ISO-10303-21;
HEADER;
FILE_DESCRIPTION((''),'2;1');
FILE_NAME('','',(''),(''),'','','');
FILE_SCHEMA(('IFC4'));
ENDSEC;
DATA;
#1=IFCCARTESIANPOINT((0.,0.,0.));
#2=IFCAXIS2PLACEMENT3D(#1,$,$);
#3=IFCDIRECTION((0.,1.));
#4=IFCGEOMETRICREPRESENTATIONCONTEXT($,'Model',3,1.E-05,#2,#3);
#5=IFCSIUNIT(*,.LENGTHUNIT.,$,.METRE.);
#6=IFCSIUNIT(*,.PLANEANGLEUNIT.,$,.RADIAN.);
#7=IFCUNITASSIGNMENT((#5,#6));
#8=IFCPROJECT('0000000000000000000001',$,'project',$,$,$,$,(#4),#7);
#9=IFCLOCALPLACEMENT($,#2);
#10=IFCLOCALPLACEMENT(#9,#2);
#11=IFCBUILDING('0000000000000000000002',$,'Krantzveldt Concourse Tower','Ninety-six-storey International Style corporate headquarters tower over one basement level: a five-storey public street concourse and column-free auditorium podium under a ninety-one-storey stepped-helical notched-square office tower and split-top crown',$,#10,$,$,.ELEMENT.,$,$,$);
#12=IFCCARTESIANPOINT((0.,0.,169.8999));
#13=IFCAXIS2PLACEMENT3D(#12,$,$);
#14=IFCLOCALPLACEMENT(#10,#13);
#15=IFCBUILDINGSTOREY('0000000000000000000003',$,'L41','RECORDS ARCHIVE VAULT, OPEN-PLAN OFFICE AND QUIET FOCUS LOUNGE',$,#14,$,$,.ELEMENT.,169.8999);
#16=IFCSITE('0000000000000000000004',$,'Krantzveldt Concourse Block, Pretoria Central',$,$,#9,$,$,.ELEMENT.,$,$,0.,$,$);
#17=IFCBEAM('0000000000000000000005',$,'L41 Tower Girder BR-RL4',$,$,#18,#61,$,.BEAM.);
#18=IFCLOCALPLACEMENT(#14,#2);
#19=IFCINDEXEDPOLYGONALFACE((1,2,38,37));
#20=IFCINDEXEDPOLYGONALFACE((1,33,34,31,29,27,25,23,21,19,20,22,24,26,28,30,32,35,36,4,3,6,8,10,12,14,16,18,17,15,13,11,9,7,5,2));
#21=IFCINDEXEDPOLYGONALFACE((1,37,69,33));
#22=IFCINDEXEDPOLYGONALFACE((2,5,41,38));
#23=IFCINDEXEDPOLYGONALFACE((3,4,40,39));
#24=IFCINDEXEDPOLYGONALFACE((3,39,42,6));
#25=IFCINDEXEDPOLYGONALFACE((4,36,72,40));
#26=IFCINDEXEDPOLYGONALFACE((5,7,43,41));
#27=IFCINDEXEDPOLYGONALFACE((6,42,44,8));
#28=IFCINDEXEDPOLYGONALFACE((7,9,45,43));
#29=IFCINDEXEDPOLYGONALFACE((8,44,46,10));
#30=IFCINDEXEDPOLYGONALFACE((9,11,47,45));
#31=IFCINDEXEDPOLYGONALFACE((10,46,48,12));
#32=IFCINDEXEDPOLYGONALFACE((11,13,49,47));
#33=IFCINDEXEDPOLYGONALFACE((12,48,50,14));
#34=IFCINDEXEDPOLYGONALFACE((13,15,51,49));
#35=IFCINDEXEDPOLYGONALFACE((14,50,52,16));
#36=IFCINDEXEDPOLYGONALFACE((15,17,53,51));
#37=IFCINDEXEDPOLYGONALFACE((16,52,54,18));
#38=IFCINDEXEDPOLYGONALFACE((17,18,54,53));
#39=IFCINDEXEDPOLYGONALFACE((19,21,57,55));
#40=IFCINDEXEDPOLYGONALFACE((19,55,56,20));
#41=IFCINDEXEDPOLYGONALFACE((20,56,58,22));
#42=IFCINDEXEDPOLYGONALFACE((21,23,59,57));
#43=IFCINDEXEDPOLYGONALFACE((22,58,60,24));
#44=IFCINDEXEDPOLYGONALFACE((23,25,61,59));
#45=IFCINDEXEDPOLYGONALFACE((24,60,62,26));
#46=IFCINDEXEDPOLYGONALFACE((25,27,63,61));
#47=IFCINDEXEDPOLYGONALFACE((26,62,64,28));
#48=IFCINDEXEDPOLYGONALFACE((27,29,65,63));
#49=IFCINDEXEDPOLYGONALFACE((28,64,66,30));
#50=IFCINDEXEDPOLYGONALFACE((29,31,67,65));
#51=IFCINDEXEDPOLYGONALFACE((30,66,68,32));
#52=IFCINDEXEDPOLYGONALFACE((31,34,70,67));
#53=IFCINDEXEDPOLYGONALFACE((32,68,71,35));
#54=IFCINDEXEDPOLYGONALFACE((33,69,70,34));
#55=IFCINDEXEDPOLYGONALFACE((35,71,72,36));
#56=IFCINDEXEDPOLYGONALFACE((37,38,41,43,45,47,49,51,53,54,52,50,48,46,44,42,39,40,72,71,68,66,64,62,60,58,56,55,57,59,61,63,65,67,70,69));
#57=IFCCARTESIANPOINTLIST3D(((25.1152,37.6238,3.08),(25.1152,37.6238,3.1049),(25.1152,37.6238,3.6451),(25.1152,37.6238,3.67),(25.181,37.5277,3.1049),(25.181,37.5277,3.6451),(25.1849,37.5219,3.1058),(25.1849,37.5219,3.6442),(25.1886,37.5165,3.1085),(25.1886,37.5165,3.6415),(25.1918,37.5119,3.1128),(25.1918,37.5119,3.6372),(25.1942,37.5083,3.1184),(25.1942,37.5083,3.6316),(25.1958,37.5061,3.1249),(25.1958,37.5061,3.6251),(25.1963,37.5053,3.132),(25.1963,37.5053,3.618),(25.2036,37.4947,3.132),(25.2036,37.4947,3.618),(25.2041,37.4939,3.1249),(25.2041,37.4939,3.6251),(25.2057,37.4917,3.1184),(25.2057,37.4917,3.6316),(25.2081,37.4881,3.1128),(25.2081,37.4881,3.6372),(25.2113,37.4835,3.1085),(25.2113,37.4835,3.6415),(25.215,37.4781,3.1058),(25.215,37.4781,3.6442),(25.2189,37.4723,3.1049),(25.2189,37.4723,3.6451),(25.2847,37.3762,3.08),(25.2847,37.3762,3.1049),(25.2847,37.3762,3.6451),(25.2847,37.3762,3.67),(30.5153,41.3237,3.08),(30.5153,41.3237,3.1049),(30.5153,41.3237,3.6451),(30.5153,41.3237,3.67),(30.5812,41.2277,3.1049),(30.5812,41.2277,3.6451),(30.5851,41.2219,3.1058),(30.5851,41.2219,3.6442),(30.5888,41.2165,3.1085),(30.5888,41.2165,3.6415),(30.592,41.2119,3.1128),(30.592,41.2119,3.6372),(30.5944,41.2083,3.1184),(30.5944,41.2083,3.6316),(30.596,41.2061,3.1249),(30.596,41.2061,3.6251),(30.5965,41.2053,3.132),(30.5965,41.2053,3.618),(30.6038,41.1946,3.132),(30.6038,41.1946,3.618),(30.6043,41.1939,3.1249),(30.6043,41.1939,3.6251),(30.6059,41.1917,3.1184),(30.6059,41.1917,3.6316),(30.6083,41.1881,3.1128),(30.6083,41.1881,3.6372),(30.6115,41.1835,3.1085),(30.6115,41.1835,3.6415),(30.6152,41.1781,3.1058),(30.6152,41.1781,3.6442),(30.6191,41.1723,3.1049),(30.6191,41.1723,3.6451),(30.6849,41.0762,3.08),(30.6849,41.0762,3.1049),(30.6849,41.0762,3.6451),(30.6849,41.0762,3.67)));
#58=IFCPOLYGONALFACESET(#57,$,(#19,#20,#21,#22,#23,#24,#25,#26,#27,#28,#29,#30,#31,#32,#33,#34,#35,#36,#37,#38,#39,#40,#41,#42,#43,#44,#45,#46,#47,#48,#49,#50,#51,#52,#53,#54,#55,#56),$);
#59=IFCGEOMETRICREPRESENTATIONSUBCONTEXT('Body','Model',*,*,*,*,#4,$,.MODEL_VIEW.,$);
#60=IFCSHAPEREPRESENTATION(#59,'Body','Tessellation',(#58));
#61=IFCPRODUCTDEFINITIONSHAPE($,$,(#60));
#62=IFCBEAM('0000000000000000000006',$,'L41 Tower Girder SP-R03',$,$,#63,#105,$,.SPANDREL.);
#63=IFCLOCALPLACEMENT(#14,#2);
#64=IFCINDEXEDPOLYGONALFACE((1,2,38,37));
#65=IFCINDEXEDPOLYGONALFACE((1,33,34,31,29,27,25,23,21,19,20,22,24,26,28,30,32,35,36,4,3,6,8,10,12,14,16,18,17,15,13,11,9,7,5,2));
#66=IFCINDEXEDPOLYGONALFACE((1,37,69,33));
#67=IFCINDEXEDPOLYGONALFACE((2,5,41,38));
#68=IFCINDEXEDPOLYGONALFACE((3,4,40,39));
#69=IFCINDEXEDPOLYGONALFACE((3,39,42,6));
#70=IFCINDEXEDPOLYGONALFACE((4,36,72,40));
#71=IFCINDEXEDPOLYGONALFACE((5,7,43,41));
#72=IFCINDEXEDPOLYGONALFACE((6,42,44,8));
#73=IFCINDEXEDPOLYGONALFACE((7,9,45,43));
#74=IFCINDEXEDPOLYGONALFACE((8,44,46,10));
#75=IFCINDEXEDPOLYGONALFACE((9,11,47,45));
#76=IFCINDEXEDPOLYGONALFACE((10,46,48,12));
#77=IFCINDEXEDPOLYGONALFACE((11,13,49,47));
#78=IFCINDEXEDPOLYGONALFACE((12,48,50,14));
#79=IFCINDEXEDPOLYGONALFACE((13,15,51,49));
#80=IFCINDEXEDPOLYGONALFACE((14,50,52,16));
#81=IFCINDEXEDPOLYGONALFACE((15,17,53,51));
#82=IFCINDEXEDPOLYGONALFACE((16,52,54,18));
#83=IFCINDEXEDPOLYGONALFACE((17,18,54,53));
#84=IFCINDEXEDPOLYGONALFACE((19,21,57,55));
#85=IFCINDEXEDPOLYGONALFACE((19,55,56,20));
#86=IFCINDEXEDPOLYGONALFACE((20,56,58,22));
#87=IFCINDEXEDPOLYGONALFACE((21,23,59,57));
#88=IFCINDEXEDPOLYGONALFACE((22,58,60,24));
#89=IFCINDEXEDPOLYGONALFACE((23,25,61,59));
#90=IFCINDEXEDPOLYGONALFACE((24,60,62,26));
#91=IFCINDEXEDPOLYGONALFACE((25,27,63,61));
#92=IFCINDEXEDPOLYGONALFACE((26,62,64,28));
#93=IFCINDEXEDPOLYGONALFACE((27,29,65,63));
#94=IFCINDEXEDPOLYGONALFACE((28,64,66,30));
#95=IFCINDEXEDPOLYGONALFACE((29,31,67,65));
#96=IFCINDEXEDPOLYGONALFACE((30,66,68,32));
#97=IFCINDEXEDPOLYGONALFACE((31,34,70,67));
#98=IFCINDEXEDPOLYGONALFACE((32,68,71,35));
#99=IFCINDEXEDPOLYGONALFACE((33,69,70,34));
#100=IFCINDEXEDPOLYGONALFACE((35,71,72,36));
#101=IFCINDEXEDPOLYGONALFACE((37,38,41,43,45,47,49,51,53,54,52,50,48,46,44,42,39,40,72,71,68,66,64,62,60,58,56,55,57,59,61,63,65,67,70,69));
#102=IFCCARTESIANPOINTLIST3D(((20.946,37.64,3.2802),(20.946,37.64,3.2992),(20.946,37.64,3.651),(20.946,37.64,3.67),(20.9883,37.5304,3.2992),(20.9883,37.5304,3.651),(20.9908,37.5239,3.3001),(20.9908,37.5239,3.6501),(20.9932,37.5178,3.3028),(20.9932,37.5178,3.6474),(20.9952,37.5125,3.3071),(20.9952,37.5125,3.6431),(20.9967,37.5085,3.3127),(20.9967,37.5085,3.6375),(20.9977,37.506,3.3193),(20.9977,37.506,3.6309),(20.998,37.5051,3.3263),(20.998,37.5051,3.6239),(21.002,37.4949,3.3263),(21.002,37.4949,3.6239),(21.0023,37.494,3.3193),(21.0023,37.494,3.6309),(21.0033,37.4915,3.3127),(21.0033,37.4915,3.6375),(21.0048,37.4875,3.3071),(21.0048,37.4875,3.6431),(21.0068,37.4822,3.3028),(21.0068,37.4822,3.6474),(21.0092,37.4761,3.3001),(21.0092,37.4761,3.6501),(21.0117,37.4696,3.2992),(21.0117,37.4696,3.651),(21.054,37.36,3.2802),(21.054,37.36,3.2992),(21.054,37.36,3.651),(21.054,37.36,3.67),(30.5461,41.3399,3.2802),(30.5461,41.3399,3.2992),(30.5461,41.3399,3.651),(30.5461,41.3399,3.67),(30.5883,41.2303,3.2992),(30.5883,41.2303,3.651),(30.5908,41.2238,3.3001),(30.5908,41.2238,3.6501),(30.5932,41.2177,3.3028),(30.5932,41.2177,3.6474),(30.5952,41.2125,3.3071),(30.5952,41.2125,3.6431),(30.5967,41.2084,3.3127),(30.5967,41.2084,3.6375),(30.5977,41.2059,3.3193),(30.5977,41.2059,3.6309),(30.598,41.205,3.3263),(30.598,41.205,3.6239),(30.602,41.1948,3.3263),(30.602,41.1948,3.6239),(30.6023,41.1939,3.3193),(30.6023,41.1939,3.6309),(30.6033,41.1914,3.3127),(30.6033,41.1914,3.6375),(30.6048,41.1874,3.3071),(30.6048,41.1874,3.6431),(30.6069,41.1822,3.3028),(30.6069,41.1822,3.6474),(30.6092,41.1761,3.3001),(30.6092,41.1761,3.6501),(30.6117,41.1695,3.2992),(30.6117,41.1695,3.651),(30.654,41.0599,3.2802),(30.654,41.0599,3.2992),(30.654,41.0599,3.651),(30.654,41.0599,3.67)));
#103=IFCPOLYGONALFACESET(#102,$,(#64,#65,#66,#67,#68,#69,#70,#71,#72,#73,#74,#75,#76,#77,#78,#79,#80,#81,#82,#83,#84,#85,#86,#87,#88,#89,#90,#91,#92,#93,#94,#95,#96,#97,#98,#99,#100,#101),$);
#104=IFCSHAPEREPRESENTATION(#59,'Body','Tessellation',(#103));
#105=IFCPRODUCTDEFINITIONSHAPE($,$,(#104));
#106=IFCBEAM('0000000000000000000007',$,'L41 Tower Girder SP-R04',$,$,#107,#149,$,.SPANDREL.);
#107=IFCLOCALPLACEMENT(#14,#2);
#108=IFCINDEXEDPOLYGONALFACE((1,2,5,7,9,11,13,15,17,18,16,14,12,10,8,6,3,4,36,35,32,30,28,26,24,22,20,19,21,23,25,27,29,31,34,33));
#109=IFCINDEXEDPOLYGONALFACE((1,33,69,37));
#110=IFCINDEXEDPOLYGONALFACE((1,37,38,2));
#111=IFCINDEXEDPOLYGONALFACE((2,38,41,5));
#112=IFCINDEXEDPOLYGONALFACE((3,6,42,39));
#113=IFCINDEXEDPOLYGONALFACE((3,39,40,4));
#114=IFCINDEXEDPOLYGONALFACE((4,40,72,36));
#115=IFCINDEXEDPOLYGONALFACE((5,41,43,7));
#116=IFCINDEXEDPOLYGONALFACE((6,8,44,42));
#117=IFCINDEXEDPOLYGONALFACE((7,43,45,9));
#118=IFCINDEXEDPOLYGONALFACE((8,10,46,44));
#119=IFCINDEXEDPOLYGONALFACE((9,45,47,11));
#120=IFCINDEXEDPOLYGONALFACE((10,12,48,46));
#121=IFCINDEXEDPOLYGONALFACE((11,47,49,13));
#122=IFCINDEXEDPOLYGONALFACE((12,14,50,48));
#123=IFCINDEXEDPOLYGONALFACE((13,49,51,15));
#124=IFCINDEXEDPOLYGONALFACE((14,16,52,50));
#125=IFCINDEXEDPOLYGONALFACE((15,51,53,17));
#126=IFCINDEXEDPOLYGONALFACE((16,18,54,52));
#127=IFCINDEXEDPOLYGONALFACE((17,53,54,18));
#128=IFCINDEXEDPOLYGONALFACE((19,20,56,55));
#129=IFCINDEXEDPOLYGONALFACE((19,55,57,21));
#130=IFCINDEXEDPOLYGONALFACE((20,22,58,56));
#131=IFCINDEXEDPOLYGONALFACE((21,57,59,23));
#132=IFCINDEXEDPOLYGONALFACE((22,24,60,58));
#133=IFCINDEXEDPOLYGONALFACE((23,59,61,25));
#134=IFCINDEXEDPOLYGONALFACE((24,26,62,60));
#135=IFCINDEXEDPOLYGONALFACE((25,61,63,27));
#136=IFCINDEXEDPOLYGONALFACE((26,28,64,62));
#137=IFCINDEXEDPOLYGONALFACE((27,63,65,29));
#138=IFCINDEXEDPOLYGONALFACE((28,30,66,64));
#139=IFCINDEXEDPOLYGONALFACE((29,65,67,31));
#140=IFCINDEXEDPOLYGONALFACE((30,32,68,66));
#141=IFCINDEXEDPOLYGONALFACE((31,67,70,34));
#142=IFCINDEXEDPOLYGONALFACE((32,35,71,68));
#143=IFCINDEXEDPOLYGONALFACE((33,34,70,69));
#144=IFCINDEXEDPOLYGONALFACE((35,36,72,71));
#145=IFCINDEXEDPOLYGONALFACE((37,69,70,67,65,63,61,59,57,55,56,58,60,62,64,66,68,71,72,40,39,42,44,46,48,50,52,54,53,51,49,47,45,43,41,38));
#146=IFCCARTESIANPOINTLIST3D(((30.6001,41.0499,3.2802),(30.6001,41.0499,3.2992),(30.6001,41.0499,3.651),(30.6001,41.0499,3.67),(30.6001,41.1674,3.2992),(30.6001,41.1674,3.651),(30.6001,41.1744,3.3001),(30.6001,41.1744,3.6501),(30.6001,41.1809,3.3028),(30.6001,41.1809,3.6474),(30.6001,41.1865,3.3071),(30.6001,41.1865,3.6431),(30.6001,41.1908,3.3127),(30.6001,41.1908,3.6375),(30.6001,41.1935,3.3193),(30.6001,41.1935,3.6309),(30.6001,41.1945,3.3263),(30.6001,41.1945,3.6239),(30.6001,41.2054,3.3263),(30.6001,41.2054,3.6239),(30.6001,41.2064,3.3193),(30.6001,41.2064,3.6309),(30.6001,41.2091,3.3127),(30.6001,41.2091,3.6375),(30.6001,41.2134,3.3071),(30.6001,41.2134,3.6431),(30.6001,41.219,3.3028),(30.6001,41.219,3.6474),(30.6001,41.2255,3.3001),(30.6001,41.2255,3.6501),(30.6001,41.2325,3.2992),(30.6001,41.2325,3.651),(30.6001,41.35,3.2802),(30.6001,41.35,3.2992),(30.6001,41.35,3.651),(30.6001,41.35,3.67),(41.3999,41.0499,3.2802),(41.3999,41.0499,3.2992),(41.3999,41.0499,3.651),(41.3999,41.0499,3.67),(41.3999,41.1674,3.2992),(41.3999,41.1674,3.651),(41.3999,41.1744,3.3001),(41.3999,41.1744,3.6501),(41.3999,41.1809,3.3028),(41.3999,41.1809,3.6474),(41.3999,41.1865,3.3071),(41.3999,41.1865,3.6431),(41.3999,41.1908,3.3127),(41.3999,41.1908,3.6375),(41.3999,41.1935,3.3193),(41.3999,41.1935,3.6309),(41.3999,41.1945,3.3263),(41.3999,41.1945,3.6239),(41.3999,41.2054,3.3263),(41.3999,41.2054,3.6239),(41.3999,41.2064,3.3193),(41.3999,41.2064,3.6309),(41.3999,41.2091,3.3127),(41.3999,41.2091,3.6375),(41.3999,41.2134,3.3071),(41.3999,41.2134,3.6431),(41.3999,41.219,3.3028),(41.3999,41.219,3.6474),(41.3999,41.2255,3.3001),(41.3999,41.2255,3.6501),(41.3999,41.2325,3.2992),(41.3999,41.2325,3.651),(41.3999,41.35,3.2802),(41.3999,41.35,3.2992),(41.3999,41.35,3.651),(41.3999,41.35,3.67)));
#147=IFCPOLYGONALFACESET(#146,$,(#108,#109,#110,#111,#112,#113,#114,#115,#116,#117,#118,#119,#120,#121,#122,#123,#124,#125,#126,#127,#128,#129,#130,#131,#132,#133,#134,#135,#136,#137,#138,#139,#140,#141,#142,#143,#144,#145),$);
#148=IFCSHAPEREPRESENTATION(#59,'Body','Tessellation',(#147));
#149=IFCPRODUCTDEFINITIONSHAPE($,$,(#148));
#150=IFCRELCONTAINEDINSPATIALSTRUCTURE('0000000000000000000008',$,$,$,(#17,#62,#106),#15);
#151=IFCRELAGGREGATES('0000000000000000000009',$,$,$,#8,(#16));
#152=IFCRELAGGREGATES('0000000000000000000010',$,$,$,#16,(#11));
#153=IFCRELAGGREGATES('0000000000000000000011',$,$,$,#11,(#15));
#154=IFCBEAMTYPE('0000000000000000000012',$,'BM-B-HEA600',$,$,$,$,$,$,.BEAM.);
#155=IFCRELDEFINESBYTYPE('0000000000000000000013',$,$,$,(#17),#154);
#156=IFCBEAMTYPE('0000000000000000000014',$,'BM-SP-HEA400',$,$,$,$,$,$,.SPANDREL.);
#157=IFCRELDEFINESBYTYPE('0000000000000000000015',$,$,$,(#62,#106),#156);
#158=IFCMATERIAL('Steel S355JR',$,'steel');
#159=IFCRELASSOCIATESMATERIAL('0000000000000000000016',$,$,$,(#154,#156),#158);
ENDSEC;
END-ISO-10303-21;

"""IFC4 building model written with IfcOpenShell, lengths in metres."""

from ifc_helpers import new_model, si_unit, direction, frame, origin, origin_2d, place, context, subcontext, project, spatial, i_section, extrude, source, transform, mapped, material, material_profile, profile_set, type_object, type_shapes, element, save


model = new_model("IFC4")

# Units and contexts
model_context = context("Model", 3, precision=1e-05, world=origin(), true_north=direction((0.0, 1.0)))
body_context = subcontext(model_context, "Body", "Model", "MODEL_VIEW")
ifc_project = project(units=[si_unit("LENGTHUNIT", "METRE"), si_unit("PLANEANGLEUNIT", "RADIAN")], contexts=[model_context])

# Site, building, storey
site_placement = place(None, origin())
site = spatial("IfcSite", under=ifc_project, at=site_placement, Name="Krantzveldt Concourse Block, Pretoria Central", CompositionType="ELEMENT", RefElevation=0.0)
building_placement = place(site_placement, origin())
building = spatial("IfcBuilding", under=site, at=building_placement, Name="Krantzveldt Concourse Tower", Description="Ninety-six-storey International Style corporate headquarters tower over one basement level: a five-storey public street concourse and column-free auditorium podium under a ninety-one-storey stepped-helical notched-square office tower and split-top crown", CompositionType="ELEMENT")
storey_placement = place(building_placement, frame((0.0, 0.0, 169.8999)))
storey = spatial("IfcBuildingStorey", under=building, at=storey_placement, Name="L41", Description="RECORDS ARCHIVE VAULT, OPEN-PLAN OFFICE AND QUIET FOCUS LOUNGE", CompositionType="ELEMENT", Elevation=169.8999)

# Beams
ifc_material_1 = material(Name="Steel S355JR", Category="steel")
ifc_material_profile_1 = material_profile(ifc_material_1, i_section(OverallWidth=0.3, OverallDepth=0.5901, WebThickness=0.0129, FlangeThickness=0.0249, FilletRadius=0.0271, at=origin_2d()), Name="Steel S355JR", Category="steel")
ifc_profile_set_1 = profile_set([ifc_material_profile_1], Name="Steel S355JR - HEA 600")
beam_type_1 = type_object("IfcBeamType", Name="BM-B-HEA600", PredefinedType="BEAM", material=ifc_profile_set_1)
shared_shape_1 = source(origin(), body_context, "Body", "SweptSolid", [
    extrude(i_section(OverallWidth=0.3, OverallDepth=0.5901, WebThickness=0.0129, FlangeThickness=0.0249, FilletRadius=0.0271, at=origin_2d()), origin(), (0.0, 0.0, 1.0), 6.5461),
])
beam_1_placement = place(storey_placement, frame((25.2, 37.5, 3.375), z_axis=(0.824943, 0.565216, 0.0), x_axis=(-0.565216, 0.824943, 0.0)))
element("IfcBeam", 1, at=beam_1_placement, inside=storey, type_object=beam_type_1, Name="L41 Tower Girder BR-RL4", PredefinedType="BEAM", context=body_context, shape_type="MappedRepresentation", body=[
    mapped(shared_shape_1, transform((0.0, 0.0, 0.0), x_axis=(1.0, 0.0, 0.0), y_axis=(0.0, 1.0, 0.0), z_axis=(0.0, 0.0, 1.0), scale=1.0)),
])
ifc_material_profile_2 = material_profile(ifc_material_1, i_section(OverallWidth=0.3, OverallDepth=0.3899, WebThickness=0.011, FlangeThickness=0.019, FilletRadius=0.0271, at=origin_2d()), Name="Steel S355JR", Category="steel")
ifc_profile_set_2 = profile_set([ifc_material_profile_2], Name="Steel S355JR - HEA 400")
beam_type_2 = type_object("IfcBeamType", Name="BM-SP-HEA400", PredefinedType="SPANDREL", material=ifc_profile_set_2)
shared_shape_2 = source(origin(), body_context, "Body", "SweptSolid", [
    extrude(i_section(OverallWidth=0.3, OverallDepth=0.3899, WebThickness=0.011, FlangeThickness=0.019, FilletRadius=0.0271, at=origin_2d()), origin(), (0.0, 0.0, 1.0), 10.2883),
])
beam_2_placement = place(storey_placement, frame((21.0, 37.5, 3.4751), z_axis=(0.933098, 0.359623, 0.0), x_axis=(-0.359623, 0.933098, 0.0)))
element("IfcBeam", 2, at=beam_2_placement, inside=storey, type_object=beam_type_2, Name="L41 Tower Girder SP-R03", PredefinedType="SPANDREL", context=body_context, shape_type="MappedRepresentation", body=[
    mapped(shared_shape_2, transform((0.0, 0.0, 0.0), x_axis=(1.0, 0.0, 0.0), y_axis=(0.0, 1.0, 0.0), z_axis=(0.0, 0.0, 1.0), scale=1.0)),
])
shared_shape_3 = source(origin(), body_context, "Body", "SweptSolid", [
    extrude(i_section(OverallWidth=0.3, OverallDepth=0.3899, WebThickness=0.011, FlangeThickness=0.019, FilletRadius=0.0271, at=origin_2d()), origin(), (0.0, 0.0, 1.0), 10.7998),
])
type_shapes(beam_type_2, [shared_shape_2, shared_shape_3])
beam_3_placement = place(storey_placement, frame((30.6001, 41.2, 3.4751), z_axis=(1.0, 0.0, 0.0), x_axis=(0.0, 1.0, 0.0)))
element("IfcBeam", 3, at=beam_3_placement, inside=storey, type_object=beam_type_2, Name="L41 Tower Girder SP-R04", PredefinedType="SPANDREL", context=body_context, shape_type="MappedRepresentation", body=[
    mapped(shared_shape_3, transform((0.0, 0.0, 0.0), x_axis=(1.0, 0.0, 0.0), y_axis=(0.0, 1.0, 0.0), z_axis=(0.0, 0.0, 1.0), scale=1.0)),
])

save(model, "model.ifc")
